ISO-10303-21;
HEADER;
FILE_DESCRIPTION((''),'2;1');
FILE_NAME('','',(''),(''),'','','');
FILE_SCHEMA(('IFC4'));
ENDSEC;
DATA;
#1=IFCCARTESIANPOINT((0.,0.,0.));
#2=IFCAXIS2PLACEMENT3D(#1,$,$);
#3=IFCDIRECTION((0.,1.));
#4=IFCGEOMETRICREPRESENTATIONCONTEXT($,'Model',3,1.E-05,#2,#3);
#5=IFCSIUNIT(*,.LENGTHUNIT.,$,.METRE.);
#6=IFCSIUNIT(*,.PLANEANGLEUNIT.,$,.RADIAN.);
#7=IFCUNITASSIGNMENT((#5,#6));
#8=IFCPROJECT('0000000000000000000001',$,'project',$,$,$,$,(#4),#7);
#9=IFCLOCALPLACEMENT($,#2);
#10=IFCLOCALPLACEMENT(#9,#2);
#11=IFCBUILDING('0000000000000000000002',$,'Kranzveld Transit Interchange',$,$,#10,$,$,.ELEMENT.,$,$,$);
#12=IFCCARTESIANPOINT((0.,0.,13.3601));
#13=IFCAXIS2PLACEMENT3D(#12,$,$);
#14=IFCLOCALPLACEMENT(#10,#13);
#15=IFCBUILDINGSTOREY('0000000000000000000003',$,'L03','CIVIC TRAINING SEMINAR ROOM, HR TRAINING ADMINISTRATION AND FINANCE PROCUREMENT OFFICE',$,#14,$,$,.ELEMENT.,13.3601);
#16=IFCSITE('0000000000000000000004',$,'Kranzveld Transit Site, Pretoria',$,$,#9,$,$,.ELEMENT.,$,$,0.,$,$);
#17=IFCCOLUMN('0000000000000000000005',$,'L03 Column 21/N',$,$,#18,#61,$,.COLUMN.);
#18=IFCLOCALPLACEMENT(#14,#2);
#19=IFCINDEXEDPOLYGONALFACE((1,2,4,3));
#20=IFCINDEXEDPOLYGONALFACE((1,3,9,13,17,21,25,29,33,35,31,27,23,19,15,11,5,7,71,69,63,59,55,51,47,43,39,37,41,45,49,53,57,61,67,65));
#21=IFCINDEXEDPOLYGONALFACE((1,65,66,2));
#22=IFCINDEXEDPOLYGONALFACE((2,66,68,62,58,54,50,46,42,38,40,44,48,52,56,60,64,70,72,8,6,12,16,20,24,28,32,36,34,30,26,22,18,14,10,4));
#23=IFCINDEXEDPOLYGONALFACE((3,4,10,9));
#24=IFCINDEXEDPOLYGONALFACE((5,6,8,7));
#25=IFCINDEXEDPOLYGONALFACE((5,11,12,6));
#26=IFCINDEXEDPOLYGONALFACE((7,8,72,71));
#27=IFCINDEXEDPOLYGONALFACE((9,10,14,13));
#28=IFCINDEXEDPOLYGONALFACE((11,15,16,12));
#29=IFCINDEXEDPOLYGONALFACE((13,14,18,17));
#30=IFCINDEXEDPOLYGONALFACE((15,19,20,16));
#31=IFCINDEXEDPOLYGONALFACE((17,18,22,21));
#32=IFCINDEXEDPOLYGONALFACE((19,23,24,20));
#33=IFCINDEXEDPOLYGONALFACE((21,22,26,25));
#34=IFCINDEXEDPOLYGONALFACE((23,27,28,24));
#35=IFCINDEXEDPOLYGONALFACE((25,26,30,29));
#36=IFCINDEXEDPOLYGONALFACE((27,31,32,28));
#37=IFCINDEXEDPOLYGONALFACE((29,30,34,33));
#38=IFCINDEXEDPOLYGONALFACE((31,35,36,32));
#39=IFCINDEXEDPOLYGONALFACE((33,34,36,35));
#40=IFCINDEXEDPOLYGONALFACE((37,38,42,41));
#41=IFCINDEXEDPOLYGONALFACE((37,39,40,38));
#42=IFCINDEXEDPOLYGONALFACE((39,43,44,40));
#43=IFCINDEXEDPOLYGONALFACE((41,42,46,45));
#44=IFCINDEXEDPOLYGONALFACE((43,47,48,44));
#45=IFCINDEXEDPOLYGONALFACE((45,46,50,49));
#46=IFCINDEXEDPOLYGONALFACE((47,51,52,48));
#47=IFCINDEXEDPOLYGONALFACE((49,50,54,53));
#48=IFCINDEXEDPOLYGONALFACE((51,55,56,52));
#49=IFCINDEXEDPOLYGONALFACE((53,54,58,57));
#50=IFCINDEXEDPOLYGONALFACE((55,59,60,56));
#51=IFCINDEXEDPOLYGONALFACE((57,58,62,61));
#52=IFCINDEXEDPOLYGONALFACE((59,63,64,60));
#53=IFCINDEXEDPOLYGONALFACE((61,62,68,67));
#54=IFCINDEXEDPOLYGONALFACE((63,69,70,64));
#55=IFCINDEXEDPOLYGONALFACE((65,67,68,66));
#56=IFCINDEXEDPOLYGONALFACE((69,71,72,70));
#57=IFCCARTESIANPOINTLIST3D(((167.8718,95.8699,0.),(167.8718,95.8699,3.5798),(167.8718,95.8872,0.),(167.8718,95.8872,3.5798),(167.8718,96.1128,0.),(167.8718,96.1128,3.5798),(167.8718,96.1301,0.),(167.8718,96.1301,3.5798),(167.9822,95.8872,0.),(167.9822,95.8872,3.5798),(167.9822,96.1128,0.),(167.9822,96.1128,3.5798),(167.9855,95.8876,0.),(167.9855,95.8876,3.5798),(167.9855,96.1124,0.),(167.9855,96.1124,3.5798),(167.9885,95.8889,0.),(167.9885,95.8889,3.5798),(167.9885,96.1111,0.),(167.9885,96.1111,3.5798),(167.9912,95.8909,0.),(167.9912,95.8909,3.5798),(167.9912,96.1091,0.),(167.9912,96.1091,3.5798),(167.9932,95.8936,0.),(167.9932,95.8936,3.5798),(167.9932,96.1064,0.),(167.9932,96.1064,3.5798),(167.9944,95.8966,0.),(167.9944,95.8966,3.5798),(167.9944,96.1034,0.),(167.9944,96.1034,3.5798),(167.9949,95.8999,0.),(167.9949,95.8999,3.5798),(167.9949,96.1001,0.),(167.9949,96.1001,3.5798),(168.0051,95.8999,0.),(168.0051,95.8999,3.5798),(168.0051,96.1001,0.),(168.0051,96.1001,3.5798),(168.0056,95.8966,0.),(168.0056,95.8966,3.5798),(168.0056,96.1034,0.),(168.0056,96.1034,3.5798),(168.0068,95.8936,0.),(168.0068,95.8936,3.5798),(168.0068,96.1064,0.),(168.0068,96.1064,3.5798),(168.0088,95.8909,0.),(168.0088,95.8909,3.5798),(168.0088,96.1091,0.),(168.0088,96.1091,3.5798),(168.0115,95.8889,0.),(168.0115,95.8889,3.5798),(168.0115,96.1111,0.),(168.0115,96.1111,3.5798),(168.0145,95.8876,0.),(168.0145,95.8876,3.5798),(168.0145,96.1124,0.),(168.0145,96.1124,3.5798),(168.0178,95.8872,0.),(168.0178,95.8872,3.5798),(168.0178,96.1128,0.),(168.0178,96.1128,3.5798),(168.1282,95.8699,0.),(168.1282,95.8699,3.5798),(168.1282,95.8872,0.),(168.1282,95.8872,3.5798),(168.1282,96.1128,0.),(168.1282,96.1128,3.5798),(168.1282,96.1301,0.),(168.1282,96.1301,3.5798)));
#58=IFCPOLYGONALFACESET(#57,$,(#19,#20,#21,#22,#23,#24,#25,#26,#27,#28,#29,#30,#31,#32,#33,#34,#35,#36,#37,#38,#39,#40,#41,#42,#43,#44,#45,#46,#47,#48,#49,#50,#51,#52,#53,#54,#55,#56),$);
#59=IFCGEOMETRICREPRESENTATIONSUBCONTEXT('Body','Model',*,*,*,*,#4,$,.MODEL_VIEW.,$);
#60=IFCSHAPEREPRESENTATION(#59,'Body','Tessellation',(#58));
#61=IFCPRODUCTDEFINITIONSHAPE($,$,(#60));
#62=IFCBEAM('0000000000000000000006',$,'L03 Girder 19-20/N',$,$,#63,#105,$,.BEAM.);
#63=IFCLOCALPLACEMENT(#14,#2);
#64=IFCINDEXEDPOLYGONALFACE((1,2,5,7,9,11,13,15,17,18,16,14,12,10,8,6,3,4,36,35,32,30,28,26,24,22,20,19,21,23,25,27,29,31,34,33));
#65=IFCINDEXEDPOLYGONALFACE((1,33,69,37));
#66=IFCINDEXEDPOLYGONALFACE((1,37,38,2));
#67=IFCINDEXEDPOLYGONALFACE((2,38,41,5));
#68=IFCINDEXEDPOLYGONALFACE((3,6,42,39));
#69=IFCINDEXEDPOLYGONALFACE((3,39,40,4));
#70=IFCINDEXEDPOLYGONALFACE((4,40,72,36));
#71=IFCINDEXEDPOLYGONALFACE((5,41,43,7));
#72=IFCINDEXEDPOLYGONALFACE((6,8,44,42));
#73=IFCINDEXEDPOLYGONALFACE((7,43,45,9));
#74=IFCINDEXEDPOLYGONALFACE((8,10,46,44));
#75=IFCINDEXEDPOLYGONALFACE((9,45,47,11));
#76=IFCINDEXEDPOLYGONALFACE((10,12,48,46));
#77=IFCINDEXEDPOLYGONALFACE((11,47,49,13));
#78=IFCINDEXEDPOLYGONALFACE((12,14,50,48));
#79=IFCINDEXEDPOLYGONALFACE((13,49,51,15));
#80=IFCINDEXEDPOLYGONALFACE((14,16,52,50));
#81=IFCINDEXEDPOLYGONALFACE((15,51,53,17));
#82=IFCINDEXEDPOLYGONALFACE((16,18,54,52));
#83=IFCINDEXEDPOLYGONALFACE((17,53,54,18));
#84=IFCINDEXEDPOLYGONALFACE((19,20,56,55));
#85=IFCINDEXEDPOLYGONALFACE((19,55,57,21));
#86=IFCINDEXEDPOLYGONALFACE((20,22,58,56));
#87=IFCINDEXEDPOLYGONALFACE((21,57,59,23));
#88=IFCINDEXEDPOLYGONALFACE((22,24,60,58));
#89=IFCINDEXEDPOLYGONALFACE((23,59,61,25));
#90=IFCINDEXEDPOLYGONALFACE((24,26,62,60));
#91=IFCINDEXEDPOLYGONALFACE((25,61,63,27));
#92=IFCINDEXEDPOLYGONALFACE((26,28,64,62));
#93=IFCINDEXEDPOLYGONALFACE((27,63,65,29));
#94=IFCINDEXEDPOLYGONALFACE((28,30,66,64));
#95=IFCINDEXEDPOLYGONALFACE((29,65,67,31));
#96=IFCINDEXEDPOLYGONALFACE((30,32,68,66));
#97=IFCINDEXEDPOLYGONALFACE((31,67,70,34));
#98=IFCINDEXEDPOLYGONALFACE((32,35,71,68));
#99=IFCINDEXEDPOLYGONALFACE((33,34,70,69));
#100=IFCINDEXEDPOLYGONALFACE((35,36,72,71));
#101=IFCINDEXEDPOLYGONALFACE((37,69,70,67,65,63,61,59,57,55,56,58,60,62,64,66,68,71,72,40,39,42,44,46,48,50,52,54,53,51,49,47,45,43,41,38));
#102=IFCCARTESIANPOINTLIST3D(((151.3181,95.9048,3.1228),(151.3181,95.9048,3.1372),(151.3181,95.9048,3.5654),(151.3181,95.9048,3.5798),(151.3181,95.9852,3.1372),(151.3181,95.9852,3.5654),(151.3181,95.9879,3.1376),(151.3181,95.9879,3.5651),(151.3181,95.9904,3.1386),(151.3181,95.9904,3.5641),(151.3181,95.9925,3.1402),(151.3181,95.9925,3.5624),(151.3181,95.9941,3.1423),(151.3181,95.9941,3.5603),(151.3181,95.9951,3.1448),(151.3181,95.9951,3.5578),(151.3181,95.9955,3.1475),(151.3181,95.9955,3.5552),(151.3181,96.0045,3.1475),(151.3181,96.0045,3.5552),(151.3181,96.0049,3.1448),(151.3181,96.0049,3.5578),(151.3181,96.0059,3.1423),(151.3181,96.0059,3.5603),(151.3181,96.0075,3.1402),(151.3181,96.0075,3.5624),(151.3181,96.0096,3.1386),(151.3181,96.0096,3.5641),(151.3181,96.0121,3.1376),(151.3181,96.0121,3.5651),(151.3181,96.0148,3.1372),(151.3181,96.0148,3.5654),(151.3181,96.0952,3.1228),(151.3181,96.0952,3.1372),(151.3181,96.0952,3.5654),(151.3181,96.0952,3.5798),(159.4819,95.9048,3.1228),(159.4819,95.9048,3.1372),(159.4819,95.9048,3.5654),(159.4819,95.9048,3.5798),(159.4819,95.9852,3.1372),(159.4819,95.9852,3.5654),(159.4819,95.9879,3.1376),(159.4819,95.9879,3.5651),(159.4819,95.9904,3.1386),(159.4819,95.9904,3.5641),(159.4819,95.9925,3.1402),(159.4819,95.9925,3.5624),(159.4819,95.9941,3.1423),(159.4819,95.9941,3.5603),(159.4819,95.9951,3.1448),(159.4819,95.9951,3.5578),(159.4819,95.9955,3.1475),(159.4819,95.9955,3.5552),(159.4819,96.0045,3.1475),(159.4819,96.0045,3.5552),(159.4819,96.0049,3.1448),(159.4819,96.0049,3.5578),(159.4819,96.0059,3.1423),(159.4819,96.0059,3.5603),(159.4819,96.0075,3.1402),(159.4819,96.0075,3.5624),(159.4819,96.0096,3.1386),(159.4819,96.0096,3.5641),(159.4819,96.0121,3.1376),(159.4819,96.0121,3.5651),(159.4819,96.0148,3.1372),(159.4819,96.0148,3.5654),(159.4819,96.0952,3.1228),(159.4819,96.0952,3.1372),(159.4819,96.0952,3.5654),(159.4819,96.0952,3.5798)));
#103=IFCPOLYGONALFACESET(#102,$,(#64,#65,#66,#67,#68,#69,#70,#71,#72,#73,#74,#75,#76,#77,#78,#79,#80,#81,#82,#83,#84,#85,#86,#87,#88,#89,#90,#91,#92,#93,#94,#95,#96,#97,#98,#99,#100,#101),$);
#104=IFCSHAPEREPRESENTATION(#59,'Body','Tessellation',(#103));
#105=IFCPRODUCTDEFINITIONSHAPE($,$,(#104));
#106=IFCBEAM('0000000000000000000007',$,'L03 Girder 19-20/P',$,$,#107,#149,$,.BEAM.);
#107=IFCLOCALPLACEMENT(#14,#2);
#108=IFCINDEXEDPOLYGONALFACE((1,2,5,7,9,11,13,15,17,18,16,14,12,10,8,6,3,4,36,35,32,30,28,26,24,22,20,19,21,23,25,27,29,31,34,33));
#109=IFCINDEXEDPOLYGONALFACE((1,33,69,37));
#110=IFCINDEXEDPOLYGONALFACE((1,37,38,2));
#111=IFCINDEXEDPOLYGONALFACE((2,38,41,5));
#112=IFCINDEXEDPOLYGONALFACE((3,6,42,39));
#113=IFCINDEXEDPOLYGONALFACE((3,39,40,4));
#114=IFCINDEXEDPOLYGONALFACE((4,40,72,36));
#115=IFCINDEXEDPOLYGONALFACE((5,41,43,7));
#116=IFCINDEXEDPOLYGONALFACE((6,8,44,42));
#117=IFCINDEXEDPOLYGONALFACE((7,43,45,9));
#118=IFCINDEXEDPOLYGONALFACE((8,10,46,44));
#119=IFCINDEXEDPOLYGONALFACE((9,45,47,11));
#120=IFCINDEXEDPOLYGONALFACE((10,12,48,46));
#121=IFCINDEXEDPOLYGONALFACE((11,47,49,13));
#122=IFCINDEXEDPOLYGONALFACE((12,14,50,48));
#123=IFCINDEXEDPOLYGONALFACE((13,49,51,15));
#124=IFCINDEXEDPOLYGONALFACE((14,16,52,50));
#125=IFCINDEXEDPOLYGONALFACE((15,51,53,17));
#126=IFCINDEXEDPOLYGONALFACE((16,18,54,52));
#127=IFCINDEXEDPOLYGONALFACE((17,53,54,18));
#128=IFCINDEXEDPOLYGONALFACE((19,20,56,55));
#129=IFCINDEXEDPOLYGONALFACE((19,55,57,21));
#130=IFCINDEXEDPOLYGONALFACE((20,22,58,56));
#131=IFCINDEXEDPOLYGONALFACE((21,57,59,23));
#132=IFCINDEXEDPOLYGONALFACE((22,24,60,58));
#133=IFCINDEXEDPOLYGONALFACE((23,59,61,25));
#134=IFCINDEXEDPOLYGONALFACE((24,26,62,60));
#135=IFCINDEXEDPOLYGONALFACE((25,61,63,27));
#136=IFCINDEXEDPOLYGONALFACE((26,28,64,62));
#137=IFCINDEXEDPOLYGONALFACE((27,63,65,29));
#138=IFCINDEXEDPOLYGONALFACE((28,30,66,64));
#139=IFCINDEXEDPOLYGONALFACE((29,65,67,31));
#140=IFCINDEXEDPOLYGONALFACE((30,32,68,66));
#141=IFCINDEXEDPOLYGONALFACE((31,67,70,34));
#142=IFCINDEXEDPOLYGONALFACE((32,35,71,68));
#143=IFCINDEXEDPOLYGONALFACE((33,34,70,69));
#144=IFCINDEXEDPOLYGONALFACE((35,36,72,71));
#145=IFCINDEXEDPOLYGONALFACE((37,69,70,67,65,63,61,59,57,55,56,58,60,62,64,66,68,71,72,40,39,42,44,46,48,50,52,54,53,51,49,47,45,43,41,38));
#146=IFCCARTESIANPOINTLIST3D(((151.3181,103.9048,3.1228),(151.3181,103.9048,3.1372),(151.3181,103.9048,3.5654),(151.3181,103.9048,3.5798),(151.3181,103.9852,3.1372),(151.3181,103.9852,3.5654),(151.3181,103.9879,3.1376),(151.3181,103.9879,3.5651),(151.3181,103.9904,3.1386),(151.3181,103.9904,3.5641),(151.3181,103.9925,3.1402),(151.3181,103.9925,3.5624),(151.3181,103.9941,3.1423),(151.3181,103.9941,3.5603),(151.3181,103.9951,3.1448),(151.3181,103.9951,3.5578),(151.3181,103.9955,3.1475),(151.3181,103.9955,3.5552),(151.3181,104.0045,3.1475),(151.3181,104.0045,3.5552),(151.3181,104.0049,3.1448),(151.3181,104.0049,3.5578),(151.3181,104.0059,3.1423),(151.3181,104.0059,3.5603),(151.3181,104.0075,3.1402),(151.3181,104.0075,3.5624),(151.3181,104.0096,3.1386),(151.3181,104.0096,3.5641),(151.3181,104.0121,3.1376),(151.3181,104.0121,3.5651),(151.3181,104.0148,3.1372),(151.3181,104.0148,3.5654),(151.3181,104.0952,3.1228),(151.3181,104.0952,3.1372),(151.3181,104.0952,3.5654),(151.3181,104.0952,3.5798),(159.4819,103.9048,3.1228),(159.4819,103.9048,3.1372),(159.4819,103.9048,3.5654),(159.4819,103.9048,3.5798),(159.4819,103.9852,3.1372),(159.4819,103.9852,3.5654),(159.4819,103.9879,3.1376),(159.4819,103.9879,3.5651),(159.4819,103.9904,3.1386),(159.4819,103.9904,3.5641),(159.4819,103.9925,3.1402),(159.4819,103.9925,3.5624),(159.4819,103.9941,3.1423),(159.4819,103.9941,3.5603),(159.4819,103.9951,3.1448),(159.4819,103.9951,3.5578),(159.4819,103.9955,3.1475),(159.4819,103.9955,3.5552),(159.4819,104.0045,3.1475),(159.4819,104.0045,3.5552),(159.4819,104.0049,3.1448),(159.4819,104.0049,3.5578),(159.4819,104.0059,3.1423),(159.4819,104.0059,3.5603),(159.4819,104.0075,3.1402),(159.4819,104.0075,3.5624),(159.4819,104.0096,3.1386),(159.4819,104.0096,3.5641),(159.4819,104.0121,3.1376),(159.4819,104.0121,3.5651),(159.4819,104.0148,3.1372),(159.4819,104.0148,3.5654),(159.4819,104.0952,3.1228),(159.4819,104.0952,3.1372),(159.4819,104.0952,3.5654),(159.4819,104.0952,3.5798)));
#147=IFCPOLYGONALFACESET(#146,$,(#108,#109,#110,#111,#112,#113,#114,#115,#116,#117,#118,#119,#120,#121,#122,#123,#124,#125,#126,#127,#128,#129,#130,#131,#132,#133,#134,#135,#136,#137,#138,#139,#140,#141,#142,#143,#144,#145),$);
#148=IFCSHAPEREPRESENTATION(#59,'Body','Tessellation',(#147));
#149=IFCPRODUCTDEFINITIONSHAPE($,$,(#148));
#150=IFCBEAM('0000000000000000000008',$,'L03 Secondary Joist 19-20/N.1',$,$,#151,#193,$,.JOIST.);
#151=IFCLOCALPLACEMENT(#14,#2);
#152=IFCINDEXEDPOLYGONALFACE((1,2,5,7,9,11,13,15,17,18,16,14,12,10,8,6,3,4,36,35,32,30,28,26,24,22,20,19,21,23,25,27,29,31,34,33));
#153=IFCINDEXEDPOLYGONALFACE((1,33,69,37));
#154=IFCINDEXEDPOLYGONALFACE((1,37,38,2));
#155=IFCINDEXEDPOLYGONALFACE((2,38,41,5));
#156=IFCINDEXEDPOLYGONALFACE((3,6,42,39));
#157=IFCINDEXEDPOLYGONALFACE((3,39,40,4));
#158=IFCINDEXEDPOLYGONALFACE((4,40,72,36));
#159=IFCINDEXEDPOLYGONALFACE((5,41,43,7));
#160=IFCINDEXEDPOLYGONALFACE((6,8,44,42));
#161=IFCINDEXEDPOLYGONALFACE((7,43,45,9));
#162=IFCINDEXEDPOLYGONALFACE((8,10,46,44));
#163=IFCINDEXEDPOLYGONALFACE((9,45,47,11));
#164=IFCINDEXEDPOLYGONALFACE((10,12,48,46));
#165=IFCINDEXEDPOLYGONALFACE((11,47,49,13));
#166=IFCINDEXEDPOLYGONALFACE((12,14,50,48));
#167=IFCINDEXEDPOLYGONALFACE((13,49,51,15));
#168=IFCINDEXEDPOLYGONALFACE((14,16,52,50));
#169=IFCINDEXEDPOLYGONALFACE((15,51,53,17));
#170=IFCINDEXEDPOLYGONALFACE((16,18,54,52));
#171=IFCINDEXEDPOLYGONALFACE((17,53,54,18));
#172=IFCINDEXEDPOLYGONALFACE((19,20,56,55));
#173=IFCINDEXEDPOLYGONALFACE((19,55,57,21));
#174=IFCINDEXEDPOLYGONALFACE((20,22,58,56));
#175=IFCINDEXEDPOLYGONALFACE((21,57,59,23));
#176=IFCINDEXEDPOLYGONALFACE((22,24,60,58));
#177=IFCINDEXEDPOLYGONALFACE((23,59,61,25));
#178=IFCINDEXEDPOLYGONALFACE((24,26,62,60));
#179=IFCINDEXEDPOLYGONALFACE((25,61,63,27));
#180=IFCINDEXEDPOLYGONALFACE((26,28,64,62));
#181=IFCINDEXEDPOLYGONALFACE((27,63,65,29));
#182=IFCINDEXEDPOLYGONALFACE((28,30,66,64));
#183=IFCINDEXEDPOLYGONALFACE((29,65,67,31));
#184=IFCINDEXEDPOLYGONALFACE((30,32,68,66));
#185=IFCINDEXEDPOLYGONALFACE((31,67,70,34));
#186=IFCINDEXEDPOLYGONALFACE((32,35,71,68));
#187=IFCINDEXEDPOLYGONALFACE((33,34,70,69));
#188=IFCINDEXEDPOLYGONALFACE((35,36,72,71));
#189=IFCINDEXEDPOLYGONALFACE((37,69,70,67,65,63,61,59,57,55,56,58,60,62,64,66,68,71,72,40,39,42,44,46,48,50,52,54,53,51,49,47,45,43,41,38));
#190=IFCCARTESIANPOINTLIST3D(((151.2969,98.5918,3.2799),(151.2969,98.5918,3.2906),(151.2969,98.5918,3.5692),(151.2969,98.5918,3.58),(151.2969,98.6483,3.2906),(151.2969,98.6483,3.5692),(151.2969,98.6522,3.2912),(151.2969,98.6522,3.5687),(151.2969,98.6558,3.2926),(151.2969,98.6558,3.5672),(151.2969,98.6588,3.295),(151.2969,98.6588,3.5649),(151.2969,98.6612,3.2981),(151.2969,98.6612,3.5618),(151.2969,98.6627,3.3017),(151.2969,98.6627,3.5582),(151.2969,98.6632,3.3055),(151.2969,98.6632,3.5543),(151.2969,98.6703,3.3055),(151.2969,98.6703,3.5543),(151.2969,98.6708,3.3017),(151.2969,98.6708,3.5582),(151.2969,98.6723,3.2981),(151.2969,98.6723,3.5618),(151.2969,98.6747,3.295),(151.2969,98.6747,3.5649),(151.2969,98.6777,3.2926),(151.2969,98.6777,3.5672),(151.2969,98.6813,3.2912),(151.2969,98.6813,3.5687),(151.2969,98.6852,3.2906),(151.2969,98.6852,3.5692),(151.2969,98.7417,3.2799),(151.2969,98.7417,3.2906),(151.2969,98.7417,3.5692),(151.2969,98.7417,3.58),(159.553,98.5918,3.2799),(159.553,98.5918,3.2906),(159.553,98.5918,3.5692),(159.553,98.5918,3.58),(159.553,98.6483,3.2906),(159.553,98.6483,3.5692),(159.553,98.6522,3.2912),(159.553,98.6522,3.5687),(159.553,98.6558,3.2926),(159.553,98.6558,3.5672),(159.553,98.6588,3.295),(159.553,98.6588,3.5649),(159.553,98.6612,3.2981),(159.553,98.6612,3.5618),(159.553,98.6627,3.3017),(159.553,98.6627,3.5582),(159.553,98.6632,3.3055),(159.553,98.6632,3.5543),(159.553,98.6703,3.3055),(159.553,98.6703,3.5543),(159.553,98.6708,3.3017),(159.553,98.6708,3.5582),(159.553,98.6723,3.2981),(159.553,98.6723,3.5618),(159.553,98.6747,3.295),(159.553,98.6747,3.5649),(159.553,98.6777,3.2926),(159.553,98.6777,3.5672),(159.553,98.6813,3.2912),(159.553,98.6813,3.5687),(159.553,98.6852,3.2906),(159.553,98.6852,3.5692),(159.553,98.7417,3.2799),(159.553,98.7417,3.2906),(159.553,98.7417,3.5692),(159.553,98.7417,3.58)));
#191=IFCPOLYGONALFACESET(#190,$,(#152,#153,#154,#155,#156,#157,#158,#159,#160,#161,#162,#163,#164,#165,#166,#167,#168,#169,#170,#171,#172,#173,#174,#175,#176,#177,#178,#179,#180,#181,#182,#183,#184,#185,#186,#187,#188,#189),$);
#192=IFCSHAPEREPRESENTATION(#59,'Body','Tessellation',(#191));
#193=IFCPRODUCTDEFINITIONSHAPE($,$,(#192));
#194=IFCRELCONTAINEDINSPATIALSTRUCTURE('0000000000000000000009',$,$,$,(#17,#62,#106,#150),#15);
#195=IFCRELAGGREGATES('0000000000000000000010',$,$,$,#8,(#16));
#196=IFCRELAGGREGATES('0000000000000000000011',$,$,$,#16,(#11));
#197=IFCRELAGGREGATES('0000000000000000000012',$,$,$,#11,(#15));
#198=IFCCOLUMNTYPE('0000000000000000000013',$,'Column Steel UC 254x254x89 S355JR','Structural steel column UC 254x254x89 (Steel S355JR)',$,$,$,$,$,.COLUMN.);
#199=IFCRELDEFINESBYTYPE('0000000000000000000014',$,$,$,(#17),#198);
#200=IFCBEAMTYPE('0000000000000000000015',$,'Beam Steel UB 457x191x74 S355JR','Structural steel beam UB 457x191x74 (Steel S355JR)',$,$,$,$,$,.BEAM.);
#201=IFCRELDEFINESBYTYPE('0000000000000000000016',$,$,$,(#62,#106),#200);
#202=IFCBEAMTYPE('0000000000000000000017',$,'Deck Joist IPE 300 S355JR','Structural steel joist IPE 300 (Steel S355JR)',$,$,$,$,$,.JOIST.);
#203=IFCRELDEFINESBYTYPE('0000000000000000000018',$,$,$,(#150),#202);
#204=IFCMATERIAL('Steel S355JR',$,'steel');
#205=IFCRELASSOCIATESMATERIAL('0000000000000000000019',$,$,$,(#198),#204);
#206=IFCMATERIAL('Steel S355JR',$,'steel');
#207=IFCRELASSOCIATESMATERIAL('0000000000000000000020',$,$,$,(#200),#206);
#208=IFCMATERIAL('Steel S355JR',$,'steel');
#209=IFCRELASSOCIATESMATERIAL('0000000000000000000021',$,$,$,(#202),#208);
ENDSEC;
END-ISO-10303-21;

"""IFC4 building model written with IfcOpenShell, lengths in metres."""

from ifc_helpers import new_model, si_unit, direction, frame, origin, origin_2d, place, context, subcontext, project, spatial, i_section, extrude, material, material_profile, profile_set, type_object, element, save


model = new_model("IFC4")

# Units and contexts
model_context = context("Model", 3, precision=1e-05, world=origin(), true_north=direction((0.0, 1.0)))
body_context = subcontext(model_context, "Body", "Model", "MODEL_VIEW")
ifc_project = project(units=[si_unit("LENGTHUNIT", "METRE"), si_unit("PLANEANGLEUNIT", "RADIAN")], contexts=[model_context])

# Site, building, storey
site_placement = place(None, origin())
site = spatial("IfcSite", under=ifc_project, at=site_placement, Name="Kranzveld Transit Site, Pretoria", CompositionType="ELEMENT", RefElevation=0.0)
building_placement = place(site_placement, origin())
building = spatial("IfcBuilding", under=site, at=building_placement, Name="Kranzveld Transit Interchange", CompositionType="ELEMENT")
storey_placement = place(building_placement, frame((0.0, 0.0, 13.3601)))
storey = spatial("IfcBuildingStorey", under=building, at=storey_placement, Name="L03", Description="CIVIC TRAINING SEMINAR ROOM, HR TRAINING ADMINISTRATION AND FINANCE PROCUREMENT OFFICE", CompositionType="ELEMENT", Elevation=13.3601)

# Column
ifc_material_1 = material(Name="Steel S355JR", Category="steel")
ifc_material_profile_1 = material_profile(ifc_material_1, i_section(OverallWidth=0.2563, OverallDepth=0.2603, WebThickness=0.0103, FlangeThickness=0.0173, FilletRadius=0.0127, at=origin_2d()), Name="UC 254x254x89")
ifc_profile_set_1 = profile_set([ifc_material_profile_1], Name="Steel S355JR")
column_type = type_object("IfcColumnType", Name="Column Steel UC 254x254x89 S355JR", Description="Structural steel column UC 254x254x89 (Steel S355JR)", PredefinedType="COLUMN", material=ifc_profile_set_1)
for number, where, z_axis, x_axis, name in (
    (1, (168.0, 96.0, 0.0), (0.0, 0.0, 1.0), (1.0, 0.0, 0.0), "L03 Column 21/N"),
):
    element("IfcColumn", number, at=place(storey_placement, frame(where, z_axis=z_axis, x_axis=x_axis)), inside=storey, type_object=column_type, Name=name, PredefinedType="COLUMN", context=body_context, shape_type="SweptSolid", body=[
        extrude(i_section(OverallWidth=0.2563, OverallDepth=0.2603, WebThickness=0.0103, FlangeThickness=0.0173, FilletRadius=0.0127, at=origin_2d()), origin(), (0.0, 0.0, 1.0), 3.5798),
    ])

# Beams
ifc_material_2 = material(Name="Steel S355JR", Category="steel")
ifc_material_profile_2 = material_profile(ifc_material_2, i_section(OverallWidth=0.1904, OverallDepth=0.457, WebThickness=0.009, FlangeThickness=0.0144, FilletRadius=0.0103, at=origin_2d()), Name="UB 457x191x74")
ifc_profile_set_2 = profile_set([ifc_material_profile_2], Name="Steel S355JR")
beam_type_1 = type_object("IfcBeamType", Name="Beam Steel UB 457x191x74 S355JR", Description="Structural steel beam UB 457x191x74 (Steel S355JR)", PredefinedType="BEAM", material=ifc_profile_set_2)
for number, where, z_axis, x_axis, name in (
    (2, (151.3181, 96.0, 3.3513), (1.0, 0.0, 0.0), (0.0, 1.0, 0.0), "L03 Girder 19-20/N"),
    (3, (151.3181, 104.0, 3.3513), (1.0, 0.0, 0.0), (0.0, 1.0, 0.0), "L03 Girder 19-20/P"),
):
    element("IfcBeam", number, at=place(storey_placement, frame(where, z_axis=z_axis, x_axis=x_axis)), inside=storey, type_object=beam_type_1, Name=name, PredefinedType="BEAM", context=body_context, shape_type="SweptSolid", body=[
        extrude(i_section(OverallWidth=0.1904, OverallDepth=0.457, WebThickness=0.009, FlangeThickness=0.0144, FilletRadius=0.0103, at=origin_2d()), origin(), (0.0, 0.0, 1.0), 8.1638),
    ])
ifc_material_3 = material(Name="Steel S355JR", Category="steel")
ifc_material_profile_3 = material_profile(ifc_material_3, i_section(OverallWidth=0.1499, OverallDepth=0.3, WebThickness=0.0071, FlangeThickness=0.0107, FilletRadius=0.0149, at=origin_2d()), Name="IPE 300")
ifc_profile_set_3 = profile_set([ifc_material_profile_3], Name="Steel S355JR")
beam_type_2 = type_object("IfcBeamType", Name="Deck Joist IPE 300 S355JR", Description="Structural steel joist IPE 300 (Steel S355JR)", PredefinedType="JOIST", material=ifc_profile_set_3)
for number, where, z_axis, x_axis, name in (
    (4, (151.2969, 98.6667, 3.4299), (1.0, 0.0, 0.0), (0.0, 1.0, 0.0), "L03 Secondary Joist 19-20/N.1"),
):
    element("IfcBeam", number, at=place(storey_placement, frame(where, z_axis=z_axis, x_axis=x_axis)), inside=storey, type_object=beam_type_2, Name=name, PredefinedType="JOIST", context=body_context, shape_type="SweptSolid", body=[
        extrude(i_section(OverallWidth=0.1499, OverallDepth=0.3, WebThickness=0.0071, FlangeThickness=0.0107, FilletRadius=0.0149, at=origin_2d()), origin(), (0.0, 0.0, 1.0), 8.2561),
    ])

save(model, "model.ifc")
